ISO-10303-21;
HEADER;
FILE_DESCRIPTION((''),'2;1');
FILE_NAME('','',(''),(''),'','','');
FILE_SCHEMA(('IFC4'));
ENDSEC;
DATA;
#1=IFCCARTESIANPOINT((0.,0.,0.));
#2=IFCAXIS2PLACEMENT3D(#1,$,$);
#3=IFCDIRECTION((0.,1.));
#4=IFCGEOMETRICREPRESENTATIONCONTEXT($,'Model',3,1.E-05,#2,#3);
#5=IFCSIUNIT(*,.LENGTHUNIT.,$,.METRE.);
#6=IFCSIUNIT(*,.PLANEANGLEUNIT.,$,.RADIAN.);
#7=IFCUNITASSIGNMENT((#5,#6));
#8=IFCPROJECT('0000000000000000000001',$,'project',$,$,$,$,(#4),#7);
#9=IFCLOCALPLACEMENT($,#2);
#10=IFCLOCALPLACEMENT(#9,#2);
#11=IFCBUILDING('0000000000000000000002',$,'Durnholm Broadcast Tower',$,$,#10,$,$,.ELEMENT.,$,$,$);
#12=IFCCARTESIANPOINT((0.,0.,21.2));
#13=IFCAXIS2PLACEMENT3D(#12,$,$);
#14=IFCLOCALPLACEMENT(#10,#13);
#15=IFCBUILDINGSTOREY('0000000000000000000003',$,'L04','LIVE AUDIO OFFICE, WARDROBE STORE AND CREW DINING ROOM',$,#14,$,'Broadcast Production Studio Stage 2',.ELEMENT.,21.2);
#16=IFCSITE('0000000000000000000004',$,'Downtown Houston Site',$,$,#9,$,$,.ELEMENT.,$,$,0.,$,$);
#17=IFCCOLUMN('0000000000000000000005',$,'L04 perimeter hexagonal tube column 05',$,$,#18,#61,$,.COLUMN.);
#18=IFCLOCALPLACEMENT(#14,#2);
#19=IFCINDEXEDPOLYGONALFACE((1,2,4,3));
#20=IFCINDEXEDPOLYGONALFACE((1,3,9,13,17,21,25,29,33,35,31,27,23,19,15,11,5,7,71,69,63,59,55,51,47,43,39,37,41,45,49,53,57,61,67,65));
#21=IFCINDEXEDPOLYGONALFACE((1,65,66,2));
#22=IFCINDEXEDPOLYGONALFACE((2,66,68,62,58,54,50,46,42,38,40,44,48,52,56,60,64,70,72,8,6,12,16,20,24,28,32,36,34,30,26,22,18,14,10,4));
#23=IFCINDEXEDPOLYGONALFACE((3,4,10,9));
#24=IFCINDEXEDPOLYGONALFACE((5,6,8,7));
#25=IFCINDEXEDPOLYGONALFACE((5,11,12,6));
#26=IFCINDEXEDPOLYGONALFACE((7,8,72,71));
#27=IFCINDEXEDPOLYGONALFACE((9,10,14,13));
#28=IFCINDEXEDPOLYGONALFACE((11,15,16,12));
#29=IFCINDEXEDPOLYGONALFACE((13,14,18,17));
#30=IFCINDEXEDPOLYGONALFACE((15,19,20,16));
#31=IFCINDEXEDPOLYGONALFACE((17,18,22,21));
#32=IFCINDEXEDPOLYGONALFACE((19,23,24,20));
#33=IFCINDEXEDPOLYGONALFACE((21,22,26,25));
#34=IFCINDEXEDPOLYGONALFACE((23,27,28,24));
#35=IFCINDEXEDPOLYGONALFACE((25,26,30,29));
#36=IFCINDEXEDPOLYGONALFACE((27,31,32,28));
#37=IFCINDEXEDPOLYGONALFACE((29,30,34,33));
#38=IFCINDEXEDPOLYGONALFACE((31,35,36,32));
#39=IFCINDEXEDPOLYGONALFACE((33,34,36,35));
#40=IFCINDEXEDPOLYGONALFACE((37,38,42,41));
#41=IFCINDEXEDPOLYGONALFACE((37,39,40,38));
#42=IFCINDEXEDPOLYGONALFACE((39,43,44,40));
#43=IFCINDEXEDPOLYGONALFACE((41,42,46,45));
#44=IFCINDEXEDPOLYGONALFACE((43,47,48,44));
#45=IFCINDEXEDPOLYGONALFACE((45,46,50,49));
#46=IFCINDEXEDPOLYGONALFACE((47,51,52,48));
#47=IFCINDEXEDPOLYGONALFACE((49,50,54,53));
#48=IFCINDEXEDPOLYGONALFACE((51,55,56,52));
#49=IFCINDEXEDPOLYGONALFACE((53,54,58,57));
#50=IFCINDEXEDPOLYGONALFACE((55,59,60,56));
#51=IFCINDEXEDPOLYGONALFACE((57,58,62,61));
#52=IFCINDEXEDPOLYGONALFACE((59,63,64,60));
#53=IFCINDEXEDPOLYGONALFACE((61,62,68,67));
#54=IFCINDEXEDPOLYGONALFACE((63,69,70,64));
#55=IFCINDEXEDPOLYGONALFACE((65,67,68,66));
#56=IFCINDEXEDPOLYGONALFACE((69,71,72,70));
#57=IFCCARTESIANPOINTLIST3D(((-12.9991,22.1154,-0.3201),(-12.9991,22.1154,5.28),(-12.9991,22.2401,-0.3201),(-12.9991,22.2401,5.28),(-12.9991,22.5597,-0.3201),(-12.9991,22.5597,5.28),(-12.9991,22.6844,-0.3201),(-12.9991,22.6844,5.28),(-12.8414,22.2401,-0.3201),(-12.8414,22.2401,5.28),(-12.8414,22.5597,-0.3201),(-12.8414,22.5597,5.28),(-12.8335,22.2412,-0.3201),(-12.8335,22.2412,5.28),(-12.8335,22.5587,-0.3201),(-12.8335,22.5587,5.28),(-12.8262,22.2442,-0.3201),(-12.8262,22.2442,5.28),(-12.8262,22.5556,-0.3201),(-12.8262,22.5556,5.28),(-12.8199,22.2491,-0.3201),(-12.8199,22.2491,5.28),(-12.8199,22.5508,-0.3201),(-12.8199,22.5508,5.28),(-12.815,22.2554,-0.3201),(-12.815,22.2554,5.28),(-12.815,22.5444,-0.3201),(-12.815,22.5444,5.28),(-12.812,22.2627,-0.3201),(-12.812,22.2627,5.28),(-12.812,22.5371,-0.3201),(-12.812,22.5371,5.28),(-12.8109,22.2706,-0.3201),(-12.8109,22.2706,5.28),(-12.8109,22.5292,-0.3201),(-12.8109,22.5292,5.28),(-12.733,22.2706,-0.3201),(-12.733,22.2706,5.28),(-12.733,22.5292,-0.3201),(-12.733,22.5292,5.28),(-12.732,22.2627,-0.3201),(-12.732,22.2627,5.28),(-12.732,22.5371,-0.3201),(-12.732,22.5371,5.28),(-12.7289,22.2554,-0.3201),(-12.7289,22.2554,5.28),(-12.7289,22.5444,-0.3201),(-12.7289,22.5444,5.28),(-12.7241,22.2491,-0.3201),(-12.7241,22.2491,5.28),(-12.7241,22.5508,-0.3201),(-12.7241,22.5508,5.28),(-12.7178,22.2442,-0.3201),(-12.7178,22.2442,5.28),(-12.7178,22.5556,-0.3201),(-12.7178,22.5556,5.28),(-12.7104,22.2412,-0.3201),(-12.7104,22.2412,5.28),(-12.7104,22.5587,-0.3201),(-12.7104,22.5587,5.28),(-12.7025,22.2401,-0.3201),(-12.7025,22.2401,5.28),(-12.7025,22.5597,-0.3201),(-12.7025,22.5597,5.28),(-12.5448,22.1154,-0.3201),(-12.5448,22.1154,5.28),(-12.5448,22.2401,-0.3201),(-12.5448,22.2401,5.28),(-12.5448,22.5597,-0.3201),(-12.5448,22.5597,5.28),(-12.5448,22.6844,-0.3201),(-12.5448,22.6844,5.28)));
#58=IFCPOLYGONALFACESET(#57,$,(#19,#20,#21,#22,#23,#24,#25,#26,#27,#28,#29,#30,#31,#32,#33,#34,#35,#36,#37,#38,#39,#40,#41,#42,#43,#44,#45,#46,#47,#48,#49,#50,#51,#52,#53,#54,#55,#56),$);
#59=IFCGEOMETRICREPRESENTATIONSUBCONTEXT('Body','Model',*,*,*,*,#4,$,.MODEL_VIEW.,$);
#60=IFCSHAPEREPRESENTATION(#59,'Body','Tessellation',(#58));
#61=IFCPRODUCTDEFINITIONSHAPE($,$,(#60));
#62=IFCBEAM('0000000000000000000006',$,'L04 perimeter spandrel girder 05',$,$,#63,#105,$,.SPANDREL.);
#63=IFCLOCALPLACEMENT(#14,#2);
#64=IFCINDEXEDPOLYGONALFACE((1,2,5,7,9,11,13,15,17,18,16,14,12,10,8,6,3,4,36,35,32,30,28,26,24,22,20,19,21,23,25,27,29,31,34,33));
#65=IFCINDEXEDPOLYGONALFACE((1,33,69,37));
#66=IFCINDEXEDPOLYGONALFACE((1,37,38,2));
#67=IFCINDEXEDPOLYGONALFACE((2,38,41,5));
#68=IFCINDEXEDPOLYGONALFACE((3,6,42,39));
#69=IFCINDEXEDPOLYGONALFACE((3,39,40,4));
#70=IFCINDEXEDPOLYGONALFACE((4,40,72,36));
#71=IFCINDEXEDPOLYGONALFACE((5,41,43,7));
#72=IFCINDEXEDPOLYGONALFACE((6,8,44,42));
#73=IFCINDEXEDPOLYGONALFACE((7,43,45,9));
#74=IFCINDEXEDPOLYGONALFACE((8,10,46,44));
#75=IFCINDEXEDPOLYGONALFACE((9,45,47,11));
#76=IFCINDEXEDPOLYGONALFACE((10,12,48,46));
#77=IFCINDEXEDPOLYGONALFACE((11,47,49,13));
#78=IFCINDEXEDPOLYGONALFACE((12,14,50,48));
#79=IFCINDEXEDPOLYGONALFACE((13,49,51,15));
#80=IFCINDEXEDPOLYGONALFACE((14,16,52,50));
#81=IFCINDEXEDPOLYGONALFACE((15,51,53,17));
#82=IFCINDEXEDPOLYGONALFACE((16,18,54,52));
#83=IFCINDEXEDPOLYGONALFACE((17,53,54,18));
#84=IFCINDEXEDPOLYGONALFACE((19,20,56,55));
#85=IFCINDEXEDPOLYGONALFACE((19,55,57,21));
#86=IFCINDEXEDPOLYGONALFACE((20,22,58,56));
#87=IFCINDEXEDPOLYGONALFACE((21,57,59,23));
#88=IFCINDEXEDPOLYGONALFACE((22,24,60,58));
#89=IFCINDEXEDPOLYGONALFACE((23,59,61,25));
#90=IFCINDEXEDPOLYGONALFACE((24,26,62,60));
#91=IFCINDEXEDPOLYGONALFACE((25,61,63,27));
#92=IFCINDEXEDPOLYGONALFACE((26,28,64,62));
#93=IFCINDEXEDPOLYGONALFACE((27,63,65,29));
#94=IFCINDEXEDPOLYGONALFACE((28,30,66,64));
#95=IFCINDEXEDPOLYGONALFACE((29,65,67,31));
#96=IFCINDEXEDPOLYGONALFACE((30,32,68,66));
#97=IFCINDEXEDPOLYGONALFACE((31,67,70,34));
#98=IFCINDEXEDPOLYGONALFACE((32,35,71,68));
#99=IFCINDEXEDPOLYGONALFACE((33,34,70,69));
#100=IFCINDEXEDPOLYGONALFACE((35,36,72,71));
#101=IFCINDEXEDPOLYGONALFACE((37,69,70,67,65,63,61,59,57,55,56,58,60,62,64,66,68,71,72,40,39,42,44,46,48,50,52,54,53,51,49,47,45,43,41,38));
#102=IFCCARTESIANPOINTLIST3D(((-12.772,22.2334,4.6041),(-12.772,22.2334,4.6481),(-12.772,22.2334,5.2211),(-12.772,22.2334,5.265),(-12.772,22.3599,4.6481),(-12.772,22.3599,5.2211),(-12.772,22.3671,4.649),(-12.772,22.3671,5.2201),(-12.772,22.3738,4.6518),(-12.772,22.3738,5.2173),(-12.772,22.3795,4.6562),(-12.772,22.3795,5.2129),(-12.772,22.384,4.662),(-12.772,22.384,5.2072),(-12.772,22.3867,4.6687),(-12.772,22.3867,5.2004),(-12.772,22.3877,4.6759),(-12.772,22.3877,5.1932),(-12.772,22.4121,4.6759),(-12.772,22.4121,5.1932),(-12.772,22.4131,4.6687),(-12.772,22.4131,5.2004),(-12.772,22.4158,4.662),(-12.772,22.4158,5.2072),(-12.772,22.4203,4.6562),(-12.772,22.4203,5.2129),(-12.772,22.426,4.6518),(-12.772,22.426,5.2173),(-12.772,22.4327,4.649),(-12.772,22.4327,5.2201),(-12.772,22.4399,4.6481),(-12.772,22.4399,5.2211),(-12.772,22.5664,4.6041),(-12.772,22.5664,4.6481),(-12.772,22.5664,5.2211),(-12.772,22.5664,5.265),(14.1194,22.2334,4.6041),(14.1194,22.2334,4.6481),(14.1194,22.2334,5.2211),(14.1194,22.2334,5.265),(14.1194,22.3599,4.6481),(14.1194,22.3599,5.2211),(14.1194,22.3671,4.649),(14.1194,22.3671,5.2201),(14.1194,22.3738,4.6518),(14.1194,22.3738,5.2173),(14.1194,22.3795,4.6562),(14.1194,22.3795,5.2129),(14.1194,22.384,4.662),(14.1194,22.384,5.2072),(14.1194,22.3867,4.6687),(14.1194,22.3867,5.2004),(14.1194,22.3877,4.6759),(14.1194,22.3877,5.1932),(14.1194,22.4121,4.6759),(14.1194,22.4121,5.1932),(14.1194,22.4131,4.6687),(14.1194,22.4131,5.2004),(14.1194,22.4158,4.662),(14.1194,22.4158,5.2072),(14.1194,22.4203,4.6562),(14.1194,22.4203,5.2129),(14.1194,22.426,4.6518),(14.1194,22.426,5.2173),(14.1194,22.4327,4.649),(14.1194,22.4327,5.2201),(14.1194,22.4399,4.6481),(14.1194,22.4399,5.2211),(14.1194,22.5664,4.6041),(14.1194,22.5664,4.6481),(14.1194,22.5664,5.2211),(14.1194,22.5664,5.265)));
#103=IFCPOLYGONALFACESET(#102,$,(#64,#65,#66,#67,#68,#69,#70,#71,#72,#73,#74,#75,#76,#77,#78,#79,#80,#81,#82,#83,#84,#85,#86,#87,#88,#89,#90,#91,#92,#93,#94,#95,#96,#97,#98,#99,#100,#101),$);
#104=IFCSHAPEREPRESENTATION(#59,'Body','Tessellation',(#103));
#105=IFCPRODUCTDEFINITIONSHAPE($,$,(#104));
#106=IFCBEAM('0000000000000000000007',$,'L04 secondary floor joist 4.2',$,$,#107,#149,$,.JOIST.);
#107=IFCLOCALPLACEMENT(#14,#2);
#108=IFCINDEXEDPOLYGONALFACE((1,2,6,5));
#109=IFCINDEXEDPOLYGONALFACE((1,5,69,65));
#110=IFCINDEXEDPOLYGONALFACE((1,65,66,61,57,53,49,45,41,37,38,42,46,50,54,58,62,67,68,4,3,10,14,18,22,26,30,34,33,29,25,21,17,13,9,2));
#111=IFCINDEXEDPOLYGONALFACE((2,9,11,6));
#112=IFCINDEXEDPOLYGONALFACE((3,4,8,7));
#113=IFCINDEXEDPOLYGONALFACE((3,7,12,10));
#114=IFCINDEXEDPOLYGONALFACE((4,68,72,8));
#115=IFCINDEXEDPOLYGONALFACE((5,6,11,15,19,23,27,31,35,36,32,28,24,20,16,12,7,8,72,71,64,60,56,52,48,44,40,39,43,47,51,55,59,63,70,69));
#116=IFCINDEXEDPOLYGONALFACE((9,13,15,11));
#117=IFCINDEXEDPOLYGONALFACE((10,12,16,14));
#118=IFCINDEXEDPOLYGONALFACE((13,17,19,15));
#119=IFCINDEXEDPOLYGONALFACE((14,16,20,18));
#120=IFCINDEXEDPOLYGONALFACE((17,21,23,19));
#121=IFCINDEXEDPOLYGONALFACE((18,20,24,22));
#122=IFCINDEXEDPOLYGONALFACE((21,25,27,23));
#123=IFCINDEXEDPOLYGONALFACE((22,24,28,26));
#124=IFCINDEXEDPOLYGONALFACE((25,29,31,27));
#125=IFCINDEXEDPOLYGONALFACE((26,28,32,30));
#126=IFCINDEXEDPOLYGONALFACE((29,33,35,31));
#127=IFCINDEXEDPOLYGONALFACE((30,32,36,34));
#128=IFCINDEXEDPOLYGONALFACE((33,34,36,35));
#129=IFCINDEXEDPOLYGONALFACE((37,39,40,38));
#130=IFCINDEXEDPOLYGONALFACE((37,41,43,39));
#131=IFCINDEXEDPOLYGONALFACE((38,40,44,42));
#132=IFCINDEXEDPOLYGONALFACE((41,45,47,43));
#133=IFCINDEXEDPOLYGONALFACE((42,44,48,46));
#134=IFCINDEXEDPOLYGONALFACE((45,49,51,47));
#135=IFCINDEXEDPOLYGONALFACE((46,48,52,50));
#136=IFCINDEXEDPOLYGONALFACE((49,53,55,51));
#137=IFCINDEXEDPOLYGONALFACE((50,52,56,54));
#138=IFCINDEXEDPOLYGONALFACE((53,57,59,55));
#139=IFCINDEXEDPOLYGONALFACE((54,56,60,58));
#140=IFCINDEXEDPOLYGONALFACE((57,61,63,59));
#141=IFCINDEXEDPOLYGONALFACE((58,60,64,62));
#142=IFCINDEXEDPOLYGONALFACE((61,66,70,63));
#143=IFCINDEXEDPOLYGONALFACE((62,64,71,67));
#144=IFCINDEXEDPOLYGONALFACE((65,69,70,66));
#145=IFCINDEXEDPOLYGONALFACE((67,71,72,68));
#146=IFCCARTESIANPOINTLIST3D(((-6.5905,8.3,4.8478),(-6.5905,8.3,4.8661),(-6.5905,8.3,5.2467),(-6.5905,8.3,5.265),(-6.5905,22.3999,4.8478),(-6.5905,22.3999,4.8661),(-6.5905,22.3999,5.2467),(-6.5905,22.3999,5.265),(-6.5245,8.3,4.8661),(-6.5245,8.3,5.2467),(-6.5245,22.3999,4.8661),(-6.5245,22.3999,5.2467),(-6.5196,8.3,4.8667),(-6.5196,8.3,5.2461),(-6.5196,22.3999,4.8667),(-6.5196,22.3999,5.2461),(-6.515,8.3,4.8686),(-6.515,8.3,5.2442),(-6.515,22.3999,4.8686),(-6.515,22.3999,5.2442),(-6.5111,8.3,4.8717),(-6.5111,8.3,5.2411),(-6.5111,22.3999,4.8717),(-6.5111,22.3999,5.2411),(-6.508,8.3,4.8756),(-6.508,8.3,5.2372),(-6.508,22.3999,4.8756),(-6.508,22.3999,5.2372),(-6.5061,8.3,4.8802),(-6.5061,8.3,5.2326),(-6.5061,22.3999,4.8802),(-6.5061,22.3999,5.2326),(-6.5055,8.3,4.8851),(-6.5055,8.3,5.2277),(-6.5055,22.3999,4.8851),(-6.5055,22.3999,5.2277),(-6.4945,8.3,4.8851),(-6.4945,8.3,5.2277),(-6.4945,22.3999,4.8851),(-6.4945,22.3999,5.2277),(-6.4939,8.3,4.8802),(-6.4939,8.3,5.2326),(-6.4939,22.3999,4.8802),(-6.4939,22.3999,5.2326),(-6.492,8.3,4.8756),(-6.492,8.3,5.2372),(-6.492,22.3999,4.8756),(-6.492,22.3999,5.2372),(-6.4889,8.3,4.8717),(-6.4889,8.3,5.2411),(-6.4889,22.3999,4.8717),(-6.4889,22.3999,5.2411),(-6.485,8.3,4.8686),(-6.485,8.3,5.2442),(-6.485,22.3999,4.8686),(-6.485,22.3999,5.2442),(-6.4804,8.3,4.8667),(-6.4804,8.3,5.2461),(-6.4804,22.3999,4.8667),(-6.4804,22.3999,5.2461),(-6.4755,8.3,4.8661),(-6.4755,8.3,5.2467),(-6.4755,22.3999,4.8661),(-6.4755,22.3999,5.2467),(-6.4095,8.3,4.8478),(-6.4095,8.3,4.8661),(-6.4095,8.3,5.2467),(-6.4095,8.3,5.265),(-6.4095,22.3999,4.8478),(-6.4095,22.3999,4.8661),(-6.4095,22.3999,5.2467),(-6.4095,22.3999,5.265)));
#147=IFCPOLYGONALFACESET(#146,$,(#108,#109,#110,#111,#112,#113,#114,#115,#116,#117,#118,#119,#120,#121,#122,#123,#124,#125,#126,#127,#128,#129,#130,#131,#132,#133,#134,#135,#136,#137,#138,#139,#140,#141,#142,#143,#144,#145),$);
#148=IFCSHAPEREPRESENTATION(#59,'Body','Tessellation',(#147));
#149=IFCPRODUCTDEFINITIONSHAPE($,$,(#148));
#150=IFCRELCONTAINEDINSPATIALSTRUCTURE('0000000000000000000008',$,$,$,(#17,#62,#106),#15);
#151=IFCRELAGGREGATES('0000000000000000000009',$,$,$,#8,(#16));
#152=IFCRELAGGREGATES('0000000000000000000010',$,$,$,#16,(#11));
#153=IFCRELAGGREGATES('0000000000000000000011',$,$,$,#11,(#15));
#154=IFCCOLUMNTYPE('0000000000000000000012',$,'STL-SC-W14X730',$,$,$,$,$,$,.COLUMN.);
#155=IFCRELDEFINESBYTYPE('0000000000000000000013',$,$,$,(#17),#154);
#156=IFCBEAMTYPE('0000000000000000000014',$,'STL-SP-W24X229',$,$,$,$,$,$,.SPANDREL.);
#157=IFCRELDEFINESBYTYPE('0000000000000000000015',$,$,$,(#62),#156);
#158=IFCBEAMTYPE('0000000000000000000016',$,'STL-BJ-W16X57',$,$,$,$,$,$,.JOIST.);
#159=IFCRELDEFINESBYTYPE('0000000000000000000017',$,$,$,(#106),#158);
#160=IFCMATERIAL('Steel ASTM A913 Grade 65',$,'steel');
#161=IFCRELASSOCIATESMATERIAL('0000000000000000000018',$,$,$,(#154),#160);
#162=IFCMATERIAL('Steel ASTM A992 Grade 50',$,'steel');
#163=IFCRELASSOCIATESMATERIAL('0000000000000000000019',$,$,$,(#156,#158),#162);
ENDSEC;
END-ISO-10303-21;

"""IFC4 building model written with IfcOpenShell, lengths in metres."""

from ifc_helpers import new_model, si_unit, direction, frame, origin, origin_2d, place, context, subcontext, project, spatial, i_section, extrude, source, transform, mapped, material, material_profile, profile_set, type_object, type_shapes, element, save


model = new_model("IFC4")

# Units and contexts
model_context = context("Model", 3, precision=1e-05, world=origin(), true_north=direction((0.0, 1.0)))
body_context = subcontext(model_context, "Body", "Model", "MODEL_VIEW")
ifc_project = project(units=[si_unit("LENGTHUNIT", "METRE"), si_unit("PLANEANGLEUNIT", "RADIAN")], contexts=[model_context])

# Site, building, storey
site_placement = place(None, origin())
site = spatial("IfcSite", under=ifc_project, at=site_placement, Name="Downtown Houston Site", CompositionType="ELEMENT", RefElevation=0.0)
building_placement = place(site_placement, origin())
building = spatial("IfcBuilding", under=site, at=building_placement, Name="Durnholm Broadcast Tower", CompositionType="ELEMENT")
storey_placement = place(building_placement, frame((0.0, 0.0, 21.2)))
storey = spatial("IfcBuildingStorey", under=building, at=storey_placement, Name="L04", Description="LIVE AUDIO OFFICE, WARDROBE STORE AND CREW DINING ROOM", LongName="Broadcast Production Studio Stage 2", CompositionType="ELEMENT", Elevation=21.2)

# Column
ifc_material_1 = material(Name="Steel ASTM A913 Grade 65", Category="steel")
ifc_material_profile_1 = material_profile(ifc_material_1, i_section(OverallWidth=0.4543, OverallDepth=0.5691, WebThickness=0.0779, FlangeThickness=0.1248, FilletRadius=0.0305, at=origin_2d()), Name="W14X730")
ifc_profile_set_1 = profile_set([ifc_material_profile_1], Name="Steel ASTM A913 Grade 65")
column_type = type_object("IfcColumnType", Name="STL-SC-W14X730", PredefinedType="COLUMN", material=ifc_profile_set_1)
shared_shape_1 = source(origin(), body_context, "Body", "SweptSolid", [
    extrude(i_section(OverallWidth=0.4543, OverallDepth=0.5691, WebThickness=0.0779, FlangeThickness=0.1248, FilletRadius=0.0305, at=origin_2d()), origin(), (0.0, 0.0, 1.0), 5.6001),
])
type_shapes(column_type, [shared_shape_1])
column_placement = place(storey_placement, frame((-12.772, 22.3999, -0.3201), z_axis=(0.0, 0.0, 1.0), x_axis=(1.0, 0.0, 0.0)))
element("IfcColumn", 1, at=column_placement, inside=storey, type_object=column_type, Name="L04 perimeter hexagonal tube column 05", PredefinedType="COLUMN", context=body_context, shape_type="MappedRepresentation", body=[
    mapped(shared_shape_1, transform((0.0, 0.0, 0.0), x_axis=(1.0, 0.0, 0.0), y_axis=(0.0, 1.0, 0.0), z_axis=(0.0, 0.0, 1.0), scale=1.0)),
])

# Beams
ifc_material_2 = material(Name="Steel ASTM A992 Grade 50", Category="steel")
ifc_material_profile_2 = material_profile(ifc_material_2, i_section(OverallWidth=0.333, OverallDepth=0.6609, WebThickness=0.0244, FlangeThickness=0.0439, FilletRadius=0.0278, at=origin_2d()), Name="W24X229")
ifc_profile_set_2 = profile_set([ifc_material_profile_2], Name="Steel ASTM A992 Grade 50")
beam_type_1 = type_object("IfcBeamType", Name="STL-SP-W24X229", PredefinedType="SPANDREL", material=ifc_profile_set_2)
shared_shape_2 = source(origin(), body_context, "Body", "SweptSolid", [
    extrude(i_section(OverallWidth=0.333, OverallDepth=0.6609, WebThickness=0.0244, FlangeThickness=0.0439, FilletRadius=0.0278, at=origin_2d()), origin(), (0.0, 0.0, 1.0), 26.8914),
])
type_shapes(beam_type_1, [shared_shape_2])
beam_1_placement = place(storey_placement, frame((-12.772, 22.3999, 4.9346), z_axis=(1.0, 0.0, 0.0), x_axis=(0.0, 1.0, 0.0)))
element("IfcBeam", 2, at=beam_1_placement, inside=storey, type_object=beam_type_1, Name="L04 perimeter spandrel girder 05", PredefinedType="SPANDREL", context=body_context, shape_type="MappedRepresentation", body=[
    mapped(shared_shape_2, transform((0.0, 0.0, 0.0), x_axis=(1.0, 0.0, 0.0), y_axis=(0.0, 1.0, 0.0), z_axis=(0.0, 0.0, 1.0), scale=1.0)),
])
ifc_material_profile_3 = material_profile(ifc_material_2, i_section(OverallWidth=0.1809, OverallDepth=0.4172, WebThickness=0.011, FlangeThickness=0.0183, FilletRadius=0.019, at=origin_2d()), Name="W16X57")
ifc_profile_set_3 = profile_set([ifc_material_profile_3], Name="Steel ASTM A992 Grade 50")
beam_type_2 = type_object("IfcBeamType", Name="STL-BJ-W16X57", PredefinedType="JOIST", material=ifc_profile_set_3)
shared_shape_3 = source(origin(), body_context, "Body", "SweptSolid", [
    extrude(i_section(OverallWidth=0.1809, OverallDepth=0.4172, WebThickness=0.011, FlangeThickness=0.0183, FilletRadius=0.019, at=origin_2d()), origin(), (0.0, 0.0, 1.0), 14.0999),
])
type_shapes(beam_type_2, [shared_shape_3])
for number, where, z_axis, x_axis, name in (
    (3, (-6.5, 8.3, 5.0564), (0.0, 1.0, 0.0), (-1.0, 0.0, 0.0), "L04 secondary floor joist 4.2"),
):
    element("IfcBeam", number, at=place(storey_placement, frame(where, z_axis=z_axis, x_axis=x_axis)), inside=storey, type_object=beam_type_2, Name=name, PredefinedType="JOIST", context=body_context, shape_type="MappedRepresentation", body=[
        mapped(shared_shape_3, transform((0.0, 0.0, 0.0), x_axis=(1.0, 0.0, 0.0), y_axis=(0.0, 1.0, 0.0), z_axis=(0.0, 0.0, 1.0), scale=1.0)),
    ])

save(model, "model.ifc")
